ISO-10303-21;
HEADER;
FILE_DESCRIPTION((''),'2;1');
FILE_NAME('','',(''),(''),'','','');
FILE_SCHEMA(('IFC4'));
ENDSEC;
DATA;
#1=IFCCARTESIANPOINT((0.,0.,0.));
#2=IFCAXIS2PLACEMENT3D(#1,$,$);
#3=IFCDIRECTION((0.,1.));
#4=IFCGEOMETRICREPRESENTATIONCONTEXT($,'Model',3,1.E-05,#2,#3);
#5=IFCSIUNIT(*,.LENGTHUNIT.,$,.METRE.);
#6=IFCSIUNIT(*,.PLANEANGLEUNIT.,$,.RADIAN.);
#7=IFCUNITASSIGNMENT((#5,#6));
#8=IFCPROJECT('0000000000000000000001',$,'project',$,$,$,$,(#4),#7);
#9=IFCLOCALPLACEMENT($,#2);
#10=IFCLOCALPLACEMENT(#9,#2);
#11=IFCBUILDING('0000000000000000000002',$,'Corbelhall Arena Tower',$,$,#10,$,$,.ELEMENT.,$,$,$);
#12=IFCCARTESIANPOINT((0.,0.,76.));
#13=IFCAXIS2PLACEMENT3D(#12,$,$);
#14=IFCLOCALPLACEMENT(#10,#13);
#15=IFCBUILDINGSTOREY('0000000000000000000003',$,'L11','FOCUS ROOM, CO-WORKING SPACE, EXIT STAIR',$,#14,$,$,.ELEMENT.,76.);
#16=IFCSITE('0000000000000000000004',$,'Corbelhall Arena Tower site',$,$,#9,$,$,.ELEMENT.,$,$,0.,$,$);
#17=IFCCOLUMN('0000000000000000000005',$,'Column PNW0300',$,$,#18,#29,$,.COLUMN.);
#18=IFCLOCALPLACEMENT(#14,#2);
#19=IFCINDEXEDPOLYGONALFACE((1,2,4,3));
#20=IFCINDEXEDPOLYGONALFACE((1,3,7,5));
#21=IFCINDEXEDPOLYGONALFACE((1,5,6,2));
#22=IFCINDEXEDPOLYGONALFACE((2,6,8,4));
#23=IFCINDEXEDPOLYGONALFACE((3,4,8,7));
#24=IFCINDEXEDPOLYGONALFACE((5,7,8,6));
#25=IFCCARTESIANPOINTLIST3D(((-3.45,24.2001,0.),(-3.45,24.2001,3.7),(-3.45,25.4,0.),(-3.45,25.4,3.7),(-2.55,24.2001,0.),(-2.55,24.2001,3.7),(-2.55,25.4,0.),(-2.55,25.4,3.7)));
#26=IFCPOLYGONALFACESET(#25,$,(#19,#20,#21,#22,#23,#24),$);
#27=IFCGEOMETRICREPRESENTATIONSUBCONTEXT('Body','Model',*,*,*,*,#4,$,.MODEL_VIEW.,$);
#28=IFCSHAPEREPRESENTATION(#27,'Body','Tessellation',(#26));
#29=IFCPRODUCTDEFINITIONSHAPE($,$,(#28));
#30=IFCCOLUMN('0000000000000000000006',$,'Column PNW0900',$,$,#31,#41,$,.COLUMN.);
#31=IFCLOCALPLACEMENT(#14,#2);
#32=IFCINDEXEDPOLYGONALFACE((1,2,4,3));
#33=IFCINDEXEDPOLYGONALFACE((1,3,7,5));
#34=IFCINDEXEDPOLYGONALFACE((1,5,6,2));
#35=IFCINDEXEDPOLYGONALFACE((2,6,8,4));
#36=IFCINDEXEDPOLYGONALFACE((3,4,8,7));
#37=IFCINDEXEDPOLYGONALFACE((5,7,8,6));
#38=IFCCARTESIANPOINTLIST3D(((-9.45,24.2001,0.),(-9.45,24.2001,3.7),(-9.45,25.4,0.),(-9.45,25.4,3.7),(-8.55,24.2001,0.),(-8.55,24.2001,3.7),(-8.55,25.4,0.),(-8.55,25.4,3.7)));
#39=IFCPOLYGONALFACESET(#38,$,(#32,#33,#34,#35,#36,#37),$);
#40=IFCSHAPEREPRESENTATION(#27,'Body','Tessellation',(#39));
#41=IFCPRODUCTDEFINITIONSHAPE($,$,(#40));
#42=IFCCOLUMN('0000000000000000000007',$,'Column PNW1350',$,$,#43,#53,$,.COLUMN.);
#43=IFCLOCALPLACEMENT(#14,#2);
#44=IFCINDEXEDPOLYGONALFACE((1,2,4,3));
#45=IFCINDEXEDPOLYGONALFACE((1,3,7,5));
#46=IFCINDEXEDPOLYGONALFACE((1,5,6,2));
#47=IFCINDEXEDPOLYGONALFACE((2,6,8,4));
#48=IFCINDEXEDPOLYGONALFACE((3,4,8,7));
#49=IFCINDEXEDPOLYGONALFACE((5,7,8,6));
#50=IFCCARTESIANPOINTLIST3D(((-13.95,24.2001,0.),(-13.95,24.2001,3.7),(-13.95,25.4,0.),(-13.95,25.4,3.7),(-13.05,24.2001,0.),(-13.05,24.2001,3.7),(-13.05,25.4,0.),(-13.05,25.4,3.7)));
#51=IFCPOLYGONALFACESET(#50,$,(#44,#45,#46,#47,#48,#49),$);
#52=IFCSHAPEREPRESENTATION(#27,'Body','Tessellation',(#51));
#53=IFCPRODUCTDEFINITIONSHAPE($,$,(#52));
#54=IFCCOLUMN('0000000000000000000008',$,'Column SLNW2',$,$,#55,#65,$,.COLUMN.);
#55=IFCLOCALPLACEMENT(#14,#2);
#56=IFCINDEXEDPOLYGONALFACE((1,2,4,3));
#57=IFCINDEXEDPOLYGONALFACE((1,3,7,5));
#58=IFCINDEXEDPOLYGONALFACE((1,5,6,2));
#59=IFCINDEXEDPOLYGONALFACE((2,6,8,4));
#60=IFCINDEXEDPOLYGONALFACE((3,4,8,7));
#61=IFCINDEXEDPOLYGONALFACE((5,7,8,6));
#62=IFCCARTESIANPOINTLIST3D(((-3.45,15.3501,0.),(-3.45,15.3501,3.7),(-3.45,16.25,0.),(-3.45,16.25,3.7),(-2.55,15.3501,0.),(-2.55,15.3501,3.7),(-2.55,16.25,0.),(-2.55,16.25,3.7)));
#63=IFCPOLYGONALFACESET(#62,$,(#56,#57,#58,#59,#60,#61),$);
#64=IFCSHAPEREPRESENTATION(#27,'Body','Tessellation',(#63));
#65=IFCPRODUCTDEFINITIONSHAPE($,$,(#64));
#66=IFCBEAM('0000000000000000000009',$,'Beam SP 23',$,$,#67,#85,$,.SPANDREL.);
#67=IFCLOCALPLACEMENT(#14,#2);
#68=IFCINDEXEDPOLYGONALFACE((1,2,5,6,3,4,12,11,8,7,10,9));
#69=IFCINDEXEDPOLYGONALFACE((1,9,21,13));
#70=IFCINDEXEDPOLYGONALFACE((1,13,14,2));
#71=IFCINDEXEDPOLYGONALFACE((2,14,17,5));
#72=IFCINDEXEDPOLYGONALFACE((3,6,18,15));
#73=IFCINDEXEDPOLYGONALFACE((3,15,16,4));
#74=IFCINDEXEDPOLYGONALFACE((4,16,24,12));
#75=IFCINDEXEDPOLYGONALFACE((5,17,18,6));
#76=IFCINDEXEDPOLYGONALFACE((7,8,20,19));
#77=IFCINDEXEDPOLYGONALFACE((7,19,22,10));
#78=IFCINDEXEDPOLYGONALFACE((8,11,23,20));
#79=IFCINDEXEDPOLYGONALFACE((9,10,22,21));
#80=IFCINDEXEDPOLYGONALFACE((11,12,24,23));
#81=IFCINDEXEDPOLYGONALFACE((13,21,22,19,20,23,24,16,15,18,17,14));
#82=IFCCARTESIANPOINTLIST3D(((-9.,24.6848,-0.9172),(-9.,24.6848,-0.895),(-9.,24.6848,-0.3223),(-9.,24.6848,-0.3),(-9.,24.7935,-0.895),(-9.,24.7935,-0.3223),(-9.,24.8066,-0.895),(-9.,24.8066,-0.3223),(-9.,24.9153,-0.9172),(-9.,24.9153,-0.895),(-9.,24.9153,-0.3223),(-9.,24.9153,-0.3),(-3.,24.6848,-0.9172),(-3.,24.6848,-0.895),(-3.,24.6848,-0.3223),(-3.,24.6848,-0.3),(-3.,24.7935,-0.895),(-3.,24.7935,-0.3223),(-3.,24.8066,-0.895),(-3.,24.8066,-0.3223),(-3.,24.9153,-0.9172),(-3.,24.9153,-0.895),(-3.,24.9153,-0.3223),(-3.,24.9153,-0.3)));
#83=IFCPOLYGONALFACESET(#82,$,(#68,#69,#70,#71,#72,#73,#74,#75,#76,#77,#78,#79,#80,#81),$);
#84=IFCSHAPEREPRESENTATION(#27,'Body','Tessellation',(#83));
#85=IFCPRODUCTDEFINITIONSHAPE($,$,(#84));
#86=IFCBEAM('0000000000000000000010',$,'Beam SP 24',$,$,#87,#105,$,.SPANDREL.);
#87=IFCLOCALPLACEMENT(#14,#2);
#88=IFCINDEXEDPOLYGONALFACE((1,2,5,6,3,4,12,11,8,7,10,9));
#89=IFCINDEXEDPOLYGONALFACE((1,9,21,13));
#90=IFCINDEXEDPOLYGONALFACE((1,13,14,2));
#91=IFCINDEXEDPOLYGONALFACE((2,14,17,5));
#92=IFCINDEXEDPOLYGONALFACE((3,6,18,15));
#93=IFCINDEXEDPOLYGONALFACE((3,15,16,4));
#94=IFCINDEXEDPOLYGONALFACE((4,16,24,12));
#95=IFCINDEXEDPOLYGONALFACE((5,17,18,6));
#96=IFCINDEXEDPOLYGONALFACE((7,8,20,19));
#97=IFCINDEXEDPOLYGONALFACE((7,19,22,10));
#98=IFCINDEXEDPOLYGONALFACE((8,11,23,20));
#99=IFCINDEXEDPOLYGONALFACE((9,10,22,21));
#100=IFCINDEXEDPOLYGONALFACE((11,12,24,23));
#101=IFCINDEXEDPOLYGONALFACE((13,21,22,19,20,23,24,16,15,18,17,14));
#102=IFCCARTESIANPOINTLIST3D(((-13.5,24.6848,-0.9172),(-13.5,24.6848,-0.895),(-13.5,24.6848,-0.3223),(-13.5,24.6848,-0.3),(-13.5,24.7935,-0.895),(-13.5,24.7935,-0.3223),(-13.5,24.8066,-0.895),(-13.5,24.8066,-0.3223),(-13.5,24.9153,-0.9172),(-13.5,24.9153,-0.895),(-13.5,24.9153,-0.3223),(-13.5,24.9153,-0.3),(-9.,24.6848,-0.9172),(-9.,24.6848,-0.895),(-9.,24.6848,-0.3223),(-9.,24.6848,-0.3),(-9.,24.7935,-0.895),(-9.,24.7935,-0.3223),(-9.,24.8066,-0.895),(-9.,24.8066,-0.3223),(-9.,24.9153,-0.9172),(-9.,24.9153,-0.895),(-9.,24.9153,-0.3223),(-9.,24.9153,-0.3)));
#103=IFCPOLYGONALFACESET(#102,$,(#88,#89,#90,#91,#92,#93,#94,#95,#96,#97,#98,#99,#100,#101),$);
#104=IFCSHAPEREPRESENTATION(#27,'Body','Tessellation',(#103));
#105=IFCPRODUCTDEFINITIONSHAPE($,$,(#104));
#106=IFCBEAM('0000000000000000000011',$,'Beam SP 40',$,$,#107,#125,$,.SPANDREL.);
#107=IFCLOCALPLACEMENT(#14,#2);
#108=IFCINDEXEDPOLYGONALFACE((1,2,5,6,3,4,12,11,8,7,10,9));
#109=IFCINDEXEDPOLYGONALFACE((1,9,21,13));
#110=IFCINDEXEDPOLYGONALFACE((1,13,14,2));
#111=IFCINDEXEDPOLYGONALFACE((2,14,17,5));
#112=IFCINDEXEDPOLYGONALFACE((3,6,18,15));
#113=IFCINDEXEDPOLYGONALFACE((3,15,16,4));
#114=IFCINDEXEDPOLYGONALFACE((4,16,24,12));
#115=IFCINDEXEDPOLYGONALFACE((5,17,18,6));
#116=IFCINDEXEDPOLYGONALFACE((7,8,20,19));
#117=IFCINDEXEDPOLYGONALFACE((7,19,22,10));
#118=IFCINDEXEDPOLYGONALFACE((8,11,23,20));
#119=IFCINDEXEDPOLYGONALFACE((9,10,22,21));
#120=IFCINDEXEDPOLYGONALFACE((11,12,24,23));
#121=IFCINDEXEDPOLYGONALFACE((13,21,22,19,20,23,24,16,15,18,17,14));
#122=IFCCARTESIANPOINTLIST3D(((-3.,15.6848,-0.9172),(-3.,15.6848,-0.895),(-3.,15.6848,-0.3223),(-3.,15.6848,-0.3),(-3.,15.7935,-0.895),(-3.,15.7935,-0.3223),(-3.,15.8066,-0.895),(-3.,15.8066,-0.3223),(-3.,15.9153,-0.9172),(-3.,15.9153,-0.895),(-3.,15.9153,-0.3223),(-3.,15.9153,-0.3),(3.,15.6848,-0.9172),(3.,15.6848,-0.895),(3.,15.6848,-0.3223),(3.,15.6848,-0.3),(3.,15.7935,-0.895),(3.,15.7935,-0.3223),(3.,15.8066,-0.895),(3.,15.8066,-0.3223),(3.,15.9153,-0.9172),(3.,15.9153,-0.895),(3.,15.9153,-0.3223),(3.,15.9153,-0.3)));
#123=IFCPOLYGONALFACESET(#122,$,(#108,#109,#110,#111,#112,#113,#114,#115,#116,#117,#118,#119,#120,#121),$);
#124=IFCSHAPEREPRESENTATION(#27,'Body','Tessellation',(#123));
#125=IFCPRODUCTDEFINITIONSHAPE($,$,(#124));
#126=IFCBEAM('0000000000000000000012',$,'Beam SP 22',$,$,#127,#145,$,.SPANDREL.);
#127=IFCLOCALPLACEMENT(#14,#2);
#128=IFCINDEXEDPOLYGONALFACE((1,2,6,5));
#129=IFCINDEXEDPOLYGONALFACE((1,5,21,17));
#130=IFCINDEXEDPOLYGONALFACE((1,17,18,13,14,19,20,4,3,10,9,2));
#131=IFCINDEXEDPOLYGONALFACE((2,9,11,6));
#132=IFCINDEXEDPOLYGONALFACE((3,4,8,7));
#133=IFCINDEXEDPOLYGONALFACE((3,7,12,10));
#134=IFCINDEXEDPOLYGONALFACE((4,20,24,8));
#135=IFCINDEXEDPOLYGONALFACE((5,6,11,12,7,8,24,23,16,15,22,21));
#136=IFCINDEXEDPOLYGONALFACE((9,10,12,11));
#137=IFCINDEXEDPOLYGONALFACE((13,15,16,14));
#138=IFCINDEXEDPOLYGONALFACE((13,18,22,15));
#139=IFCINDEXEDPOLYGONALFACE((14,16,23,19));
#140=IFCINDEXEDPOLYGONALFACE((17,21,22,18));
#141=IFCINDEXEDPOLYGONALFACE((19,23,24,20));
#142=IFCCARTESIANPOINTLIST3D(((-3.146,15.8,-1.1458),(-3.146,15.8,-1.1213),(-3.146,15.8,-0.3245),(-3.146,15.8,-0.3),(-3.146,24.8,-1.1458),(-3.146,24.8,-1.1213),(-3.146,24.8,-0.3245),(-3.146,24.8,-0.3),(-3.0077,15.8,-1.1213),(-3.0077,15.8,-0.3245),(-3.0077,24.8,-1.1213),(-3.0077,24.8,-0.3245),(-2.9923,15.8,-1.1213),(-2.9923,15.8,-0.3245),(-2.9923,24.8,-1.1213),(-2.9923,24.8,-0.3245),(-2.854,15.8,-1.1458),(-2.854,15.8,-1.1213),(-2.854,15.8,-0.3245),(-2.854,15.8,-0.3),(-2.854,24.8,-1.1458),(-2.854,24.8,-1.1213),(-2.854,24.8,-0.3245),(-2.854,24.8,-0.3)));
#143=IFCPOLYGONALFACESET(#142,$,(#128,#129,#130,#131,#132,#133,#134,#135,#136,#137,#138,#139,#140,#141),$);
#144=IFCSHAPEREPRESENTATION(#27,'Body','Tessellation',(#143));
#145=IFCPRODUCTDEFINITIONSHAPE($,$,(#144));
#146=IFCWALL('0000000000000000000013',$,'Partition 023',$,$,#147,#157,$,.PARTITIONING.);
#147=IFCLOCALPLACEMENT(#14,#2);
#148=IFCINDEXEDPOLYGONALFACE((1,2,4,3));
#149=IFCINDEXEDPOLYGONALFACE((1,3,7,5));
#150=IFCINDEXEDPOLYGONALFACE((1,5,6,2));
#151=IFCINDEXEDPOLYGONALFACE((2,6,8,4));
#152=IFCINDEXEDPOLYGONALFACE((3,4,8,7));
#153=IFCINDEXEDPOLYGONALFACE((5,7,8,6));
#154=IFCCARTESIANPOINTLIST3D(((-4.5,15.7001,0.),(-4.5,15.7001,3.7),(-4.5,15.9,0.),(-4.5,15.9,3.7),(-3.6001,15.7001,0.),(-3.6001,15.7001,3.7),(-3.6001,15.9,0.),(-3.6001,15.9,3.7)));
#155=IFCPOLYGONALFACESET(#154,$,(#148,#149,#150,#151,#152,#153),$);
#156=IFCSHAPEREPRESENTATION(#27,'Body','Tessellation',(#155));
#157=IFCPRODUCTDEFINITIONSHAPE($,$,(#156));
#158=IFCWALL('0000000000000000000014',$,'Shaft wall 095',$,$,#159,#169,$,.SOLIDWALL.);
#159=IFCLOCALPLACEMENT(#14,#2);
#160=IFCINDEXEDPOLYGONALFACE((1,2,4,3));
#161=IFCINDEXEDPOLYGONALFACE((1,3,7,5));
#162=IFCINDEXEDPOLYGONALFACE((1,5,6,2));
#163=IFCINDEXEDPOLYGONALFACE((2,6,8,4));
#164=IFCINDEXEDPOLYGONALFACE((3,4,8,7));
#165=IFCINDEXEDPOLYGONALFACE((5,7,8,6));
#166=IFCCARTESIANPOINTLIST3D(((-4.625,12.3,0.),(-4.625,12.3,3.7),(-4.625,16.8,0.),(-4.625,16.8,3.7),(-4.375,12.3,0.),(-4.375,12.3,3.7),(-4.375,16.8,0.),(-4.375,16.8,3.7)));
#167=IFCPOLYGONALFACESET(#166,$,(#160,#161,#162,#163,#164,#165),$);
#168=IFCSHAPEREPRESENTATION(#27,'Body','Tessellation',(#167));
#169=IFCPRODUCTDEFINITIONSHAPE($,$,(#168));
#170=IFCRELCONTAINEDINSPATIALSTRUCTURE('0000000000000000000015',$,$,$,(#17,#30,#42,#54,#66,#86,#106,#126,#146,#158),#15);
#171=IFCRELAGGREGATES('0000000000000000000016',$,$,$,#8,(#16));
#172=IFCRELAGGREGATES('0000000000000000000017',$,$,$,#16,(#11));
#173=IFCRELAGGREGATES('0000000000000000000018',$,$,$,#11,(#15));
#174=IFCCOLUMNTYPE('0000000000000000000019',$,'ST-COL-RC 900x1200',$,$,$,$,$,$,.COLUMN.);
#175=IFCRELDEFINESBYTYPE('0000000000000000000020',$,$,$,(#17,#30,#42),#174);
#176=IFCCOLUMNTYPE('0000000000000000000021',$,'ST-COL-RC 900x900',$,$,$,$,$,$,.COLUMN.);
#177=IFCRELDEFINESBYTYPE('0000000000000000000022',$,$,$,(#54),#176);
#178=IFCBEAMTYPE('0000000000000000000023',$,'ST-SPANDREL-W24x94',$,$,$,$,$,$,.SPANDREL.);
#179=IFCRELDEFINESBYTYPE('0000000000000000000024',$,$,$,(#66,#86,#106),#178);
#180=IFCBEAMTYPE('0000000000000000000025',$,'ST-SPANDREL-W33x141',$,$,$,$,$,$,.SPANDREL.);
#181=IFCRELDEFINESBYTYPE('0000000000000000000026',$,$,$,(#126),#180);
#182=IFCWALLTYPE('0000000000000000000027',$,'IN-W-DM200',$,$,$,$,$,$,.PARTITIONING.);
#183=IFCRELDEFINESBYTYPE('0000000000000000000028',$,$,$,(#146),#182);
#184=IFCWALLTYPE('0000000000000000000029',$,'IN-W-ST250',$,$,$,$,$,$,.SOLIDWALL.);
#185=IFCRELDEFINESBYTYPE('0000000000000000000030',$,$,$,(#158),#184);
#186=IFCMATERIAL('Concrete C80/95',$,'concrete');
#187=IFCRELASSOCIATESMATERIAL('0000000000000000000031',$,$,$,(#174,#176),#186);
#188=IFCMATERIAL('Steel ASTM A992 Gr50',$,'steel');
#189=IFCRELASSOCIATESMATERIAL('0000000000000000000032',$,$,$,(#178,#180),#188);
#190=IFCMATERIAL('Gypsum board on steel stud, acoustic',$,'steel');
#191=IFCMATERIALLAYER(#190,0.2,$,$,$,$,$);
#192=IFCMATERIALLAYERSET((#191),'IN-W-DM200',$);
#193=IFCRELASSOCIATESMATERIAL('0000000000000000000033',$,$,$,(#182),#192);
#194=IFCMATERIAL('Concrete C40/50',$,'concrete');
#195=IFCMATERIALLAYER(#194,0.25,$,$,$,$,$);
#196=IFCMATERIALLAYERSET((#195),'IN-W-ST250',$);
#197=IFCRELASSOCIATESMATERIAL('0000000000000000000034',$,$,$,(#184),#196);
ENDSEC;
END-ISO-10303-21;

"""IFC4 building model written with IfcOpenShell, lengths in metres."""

from ifc_helpers import new_model, si_unit, direction, frame, frame_2d, origin, origin_2d, place, context, subcontext, project, spatial, rectangle, i_section, extrude, material, layer, layer_set, material_profile, profile_set, type_object, element, save


model = new_model("IFC4")

# Units and contexts
model_context = context("Model", 3, precision=1e-05, world=origin(), true_north=direction((0.0, 1.0)))
body_context = subcontext(model_context, "Body", "Model", "MODEL_VIEW")
ifc_project = project(units=[si_unit("LENGTHUNIT", "METRE"), si_unit("PLANEANGLEUNIT", "RADIAN")], contexts=[model_context])

# Site, building, storey
site_placement = place(None, origin())
site = spatial("IfcSite", under=ifc_project, at=site_placement, Name="Corbelhall Arena Tower site", CompositionType="ELEMENT", RefElevation=0.0)
building_placement = place(site_placement, origin())
building = spatial("IfcBuilding", under=site, at=building_placement, Name="Corbelhall Arena Tower", CompositionType="ELEMENT")
storey_placement = place(building_placement, frame((0.0, 0.0, 76.0)))
storey = spatial("IfcBuildingStorey", under=building, at=storey_placement, Name="L11", Description="FOCUS ROOM, CO-WORKING SPACE, EXIT STAIR", CompositionType="ELEMENT", Elevation=76.0)

# Columns
ifc_material_1 = material(Name="Concrete C80/95", Category="concrete")
ifc_material_profile_1 = material_profile(ifc_material_1, rectangle(XDim=0.8999, YDim=1.2, at=origin_2d()))
ifc_profile_set_1 = profile_set([ifc_material_profile_1], Name="Concrete C80/95")
column_type_1 = type_object("IfcColumnType", Name="ST-COL-RC 900x1200", PredefinedType="COLUMN", material=ifc_profile_set_1)
for number, where, z_axis, x_axis, name in (
    (1, (-3.0, 24.8, 0.0), (0.0, 0.0, 1.0), (1.0, 0.0, 0.0), "Column PNW0300"),
    (2, (-9.0, 24.8, 0.0), (0.0, 0.0, 1.0), (1.0, 0.0, 0.0), "Column PNW0900"),
    (3, (-13.5, 24.8, 0.0), (0.0, 0.0, 1.0), (1.0, 0.0, 0.0), "Column PNW1350"),
):
    element("IfcColumn", number, at=place(storey_placement, frame(where, z_axis=z_axis, x_axis=x_axis)), inside=storey, type_object=column_type_1, Name=name, PredefinedType="COLUMN", context=body_context, shape_type="SweptSolid", body=[
        extrude(rectangle(XDim=0.8999, YDim=1.2, at=origin_2d()), origin(), (0.0, 0.0, 1.0), 3.7),
    ])
ifc_material_profile_2 = material_profile(ifc_material_1, rectangle(XDim=0.8999, YDim=0.8999, at=origin_2d()))
ifc_profile_set_2 = profile_set([ifc_material_profile_2], Name="Concrete C80/95")
column_type_2 = type_object("IfcColumnType", Name="ST-COL-RC 900x900", PredefinedType="COLUMN", material=ifc_profile_set_2)
column_placement = place(storey_placement, frame((-3.0, 15.8, 0.0), z_axis=(0.0, 0.0, 1.0), x_axis=(1.0, 0.0, 0.0)))
element("IfcColumn", 4, at=column_placement, inside=storey, type_object=column_type_2, Name="Column SLNW2", PredefinedType="COLUMN", context=body_context, shape_type="SweptSolid", body=[
    extrude(rectangle(XDim=0.8999, YDim=0.8999, at=origin_2d()), origin(), (0.0, 0.0, 1.0), 3.7),
])

# Beams
ifc_material_2 = material(Name="Steel ASTM A992 Gr50", Category="steel")
ifc_material_profile_3 = material_profile(ifc_material_2, i_section(OverallWidth=0.2305, OverallDepth=0.6172, WebThickness=0.0132, FlangeThickness=0.0222, at=origin_2d()))
ifc_profile_set_3 = profile_set([ifc_material_profile_3], Name="Steel ASTM A992 Gr50")
beam_type_1 = type_object("IfcBeamType", Name="ST-SPANDREL-W24x94", PredefinedType="SPANDREL", material=ifc_profile_set_3)
beam_1_placement = place(storey_placement, frame((-9.0, 24.8, -0.6086), z_axis=(1.0, 0.0, 0.0), x_axis=(0.0, 1.0, 0.0)))
element("IfcBeam", 5, at=beam_1_placement, inside=storey, type_object=beam_type_1, Name="Beam SP 23", PredefinedType="SPANDREL", context=body_context, shape_type="SweptSolid", body=[
    extrude(i_section(OverallWidth=0.2305, OverallDepth=0.6172, WebThickness=0.0132, FlangeThickness=0.0222, at=origin_2d()), origin(), (0.0, 0.0, 1.0), 6.0),
])
beam_2_placement = place(storey_placement, frame((-13.5, 24.8, -0.6086), z_axis=(1.0, 0.0, 0.0), x_axis=(0.0, 1.0, 0.0)))
element("IfcBeam", 6, at=beam_2_placement, inside=storey, type_object=beam_type_1, Name="Beam SP 24", PredefinedType="SPANDREL", context=body_context, shape_type="SweptSolid", body=[
    extrude(i_section(OverallWidth=0.2305, OverallDepth=0.6172, WebThickness=0.0132, FlangeThickness=0.0222, at=origin_2d()), origin(), (0.0, 0.0, 1.0), 4.5),
])
beam_3_placement = place(storey_placement, frame((-3.0, 15.8, -0.6086), z_axis=(1.0, 0.0, 0.0), x_axis=(0.0, 1.0, 0.0)))
element("IfcBeam", 7, at=beam_3_placement, inside=storey, type_object=beam_type_1, Name="Beam SP 40", PredefinedType="SPANDREL", context=body_context, shape_type="SweptSolid", body=[
    extrude(i_section(OverallWidth=0.2305, OverallDepth=0.6172, WebThickness=0.0132, FlangeThickness=0.0222, at=origin_2d()), origin(), (0.0, 0.0, 1.0), 6.0),
])
ifc_material_profile_4 = material_profile(ifc_material_2, i_section(OverallWidth=0.292, OverallDepth=0.8457, WebThickness=0.0154, FlangeThickness=0.0244, at=origin_2d()))
ifc_profile_set_4 = profile_set([ifc_material_profile_4], Name="Steel ASTM A992 Gr50")
beam_type_2 = type_object("IfcBeamType", Name="ST-SPANDREL-W33x141", PredefinedType="SPANDREL", material=ifc_profile_set_4)
beam_4_placement = place(storey_placement, frame((-3.0, 24.8, -0.7229), z_axis=(0.0, -1.0, 0.0), x_axis=(1.0, 0.0, 0.0)))
element("IfcBeam", 8, at=beam_4_placement, inside=storey, type_object=beam_type_2, Name="Beam SP 22", PredefinedType="SPANDREL", context=body_context, shape_type="SweptSolid", body=[
    extrude(i_section(OverallWidth=0.292, OverallDepth=0.8457, WebThickness=0.0154, FlangeThickness=0.0244, at=origin_2d()), origin(), (0.0, 0.0, 1.0), 9.0),
])

# Walls
ifc_material_3 = material(Name="Gypsum board on steel stud, acoustic", Category="steel")
ifc_layer_1 = layer(ifc_material_3, 0.2)
ifc_layer_set_1 = layer_set([ifc_layer_1], Name="IN-W-DM200")
wall_type_1 = type_object("IfcWallType", Name="IN-W-DM200", PredefinedType="PARTITIONING", material=ifc_layer_set_1)
wall_1_placement = place(storey_placement, frame((-4.5, 15.8, 0.0), z_axis=(0.0, 0.0, 1.0), x_axis=(1.0, 0.0, 0.0)))
element("IfcWall", 9, at=wall_1_placement, inside=storey, type_object=wall_type_1, Name="Partition 023", PredefinedType="PARTITIONING", context=body_context, shape_type="SweptSolid", body=[
    extrude(rectangle(XDim=0.8999, YDim=0.2, at=frame_2d((0.45, 0.0))), origin(), (0.0, 0.0, 1.0), 3.7),
])
ifc_material_4 = material(Name="Concrete C40/50", Category="concrete")
ifc_layer_2 = layer(ifc_material_4, 0.25)
ifc_layer_set_2 = layer_set([ifc_layer_2], Name="IN-W-ST250")
wall_type_2 = type_object("IfcWallType", Name="IN-W-ST250", PredefinedType="SOLIDWALL", material=ifc_layer_set_2)
wall_2_placement = place(storey_placement, frame((-4.5, 16.8, 0.0), z_axis=(0.0, 0.0, 1.0), x_axis=(0.0, -1.0, 0.0)))
element("IfcWall", 10, at=wall_2_placement, inside=storey, type_object=wall_type_2, Name="Shaft wall 095", PredefinedType="SOLIDWALL", context=body_context, shape_type="SweptSolid", body=[
    extrude(rectangle(XDim=4.5, YDim=0.25, at=frame_2d((2.25, 0.0))), origin(), (0.0, 0.0, 1.0), 3.7),
])

save(model, "model.ifc")
